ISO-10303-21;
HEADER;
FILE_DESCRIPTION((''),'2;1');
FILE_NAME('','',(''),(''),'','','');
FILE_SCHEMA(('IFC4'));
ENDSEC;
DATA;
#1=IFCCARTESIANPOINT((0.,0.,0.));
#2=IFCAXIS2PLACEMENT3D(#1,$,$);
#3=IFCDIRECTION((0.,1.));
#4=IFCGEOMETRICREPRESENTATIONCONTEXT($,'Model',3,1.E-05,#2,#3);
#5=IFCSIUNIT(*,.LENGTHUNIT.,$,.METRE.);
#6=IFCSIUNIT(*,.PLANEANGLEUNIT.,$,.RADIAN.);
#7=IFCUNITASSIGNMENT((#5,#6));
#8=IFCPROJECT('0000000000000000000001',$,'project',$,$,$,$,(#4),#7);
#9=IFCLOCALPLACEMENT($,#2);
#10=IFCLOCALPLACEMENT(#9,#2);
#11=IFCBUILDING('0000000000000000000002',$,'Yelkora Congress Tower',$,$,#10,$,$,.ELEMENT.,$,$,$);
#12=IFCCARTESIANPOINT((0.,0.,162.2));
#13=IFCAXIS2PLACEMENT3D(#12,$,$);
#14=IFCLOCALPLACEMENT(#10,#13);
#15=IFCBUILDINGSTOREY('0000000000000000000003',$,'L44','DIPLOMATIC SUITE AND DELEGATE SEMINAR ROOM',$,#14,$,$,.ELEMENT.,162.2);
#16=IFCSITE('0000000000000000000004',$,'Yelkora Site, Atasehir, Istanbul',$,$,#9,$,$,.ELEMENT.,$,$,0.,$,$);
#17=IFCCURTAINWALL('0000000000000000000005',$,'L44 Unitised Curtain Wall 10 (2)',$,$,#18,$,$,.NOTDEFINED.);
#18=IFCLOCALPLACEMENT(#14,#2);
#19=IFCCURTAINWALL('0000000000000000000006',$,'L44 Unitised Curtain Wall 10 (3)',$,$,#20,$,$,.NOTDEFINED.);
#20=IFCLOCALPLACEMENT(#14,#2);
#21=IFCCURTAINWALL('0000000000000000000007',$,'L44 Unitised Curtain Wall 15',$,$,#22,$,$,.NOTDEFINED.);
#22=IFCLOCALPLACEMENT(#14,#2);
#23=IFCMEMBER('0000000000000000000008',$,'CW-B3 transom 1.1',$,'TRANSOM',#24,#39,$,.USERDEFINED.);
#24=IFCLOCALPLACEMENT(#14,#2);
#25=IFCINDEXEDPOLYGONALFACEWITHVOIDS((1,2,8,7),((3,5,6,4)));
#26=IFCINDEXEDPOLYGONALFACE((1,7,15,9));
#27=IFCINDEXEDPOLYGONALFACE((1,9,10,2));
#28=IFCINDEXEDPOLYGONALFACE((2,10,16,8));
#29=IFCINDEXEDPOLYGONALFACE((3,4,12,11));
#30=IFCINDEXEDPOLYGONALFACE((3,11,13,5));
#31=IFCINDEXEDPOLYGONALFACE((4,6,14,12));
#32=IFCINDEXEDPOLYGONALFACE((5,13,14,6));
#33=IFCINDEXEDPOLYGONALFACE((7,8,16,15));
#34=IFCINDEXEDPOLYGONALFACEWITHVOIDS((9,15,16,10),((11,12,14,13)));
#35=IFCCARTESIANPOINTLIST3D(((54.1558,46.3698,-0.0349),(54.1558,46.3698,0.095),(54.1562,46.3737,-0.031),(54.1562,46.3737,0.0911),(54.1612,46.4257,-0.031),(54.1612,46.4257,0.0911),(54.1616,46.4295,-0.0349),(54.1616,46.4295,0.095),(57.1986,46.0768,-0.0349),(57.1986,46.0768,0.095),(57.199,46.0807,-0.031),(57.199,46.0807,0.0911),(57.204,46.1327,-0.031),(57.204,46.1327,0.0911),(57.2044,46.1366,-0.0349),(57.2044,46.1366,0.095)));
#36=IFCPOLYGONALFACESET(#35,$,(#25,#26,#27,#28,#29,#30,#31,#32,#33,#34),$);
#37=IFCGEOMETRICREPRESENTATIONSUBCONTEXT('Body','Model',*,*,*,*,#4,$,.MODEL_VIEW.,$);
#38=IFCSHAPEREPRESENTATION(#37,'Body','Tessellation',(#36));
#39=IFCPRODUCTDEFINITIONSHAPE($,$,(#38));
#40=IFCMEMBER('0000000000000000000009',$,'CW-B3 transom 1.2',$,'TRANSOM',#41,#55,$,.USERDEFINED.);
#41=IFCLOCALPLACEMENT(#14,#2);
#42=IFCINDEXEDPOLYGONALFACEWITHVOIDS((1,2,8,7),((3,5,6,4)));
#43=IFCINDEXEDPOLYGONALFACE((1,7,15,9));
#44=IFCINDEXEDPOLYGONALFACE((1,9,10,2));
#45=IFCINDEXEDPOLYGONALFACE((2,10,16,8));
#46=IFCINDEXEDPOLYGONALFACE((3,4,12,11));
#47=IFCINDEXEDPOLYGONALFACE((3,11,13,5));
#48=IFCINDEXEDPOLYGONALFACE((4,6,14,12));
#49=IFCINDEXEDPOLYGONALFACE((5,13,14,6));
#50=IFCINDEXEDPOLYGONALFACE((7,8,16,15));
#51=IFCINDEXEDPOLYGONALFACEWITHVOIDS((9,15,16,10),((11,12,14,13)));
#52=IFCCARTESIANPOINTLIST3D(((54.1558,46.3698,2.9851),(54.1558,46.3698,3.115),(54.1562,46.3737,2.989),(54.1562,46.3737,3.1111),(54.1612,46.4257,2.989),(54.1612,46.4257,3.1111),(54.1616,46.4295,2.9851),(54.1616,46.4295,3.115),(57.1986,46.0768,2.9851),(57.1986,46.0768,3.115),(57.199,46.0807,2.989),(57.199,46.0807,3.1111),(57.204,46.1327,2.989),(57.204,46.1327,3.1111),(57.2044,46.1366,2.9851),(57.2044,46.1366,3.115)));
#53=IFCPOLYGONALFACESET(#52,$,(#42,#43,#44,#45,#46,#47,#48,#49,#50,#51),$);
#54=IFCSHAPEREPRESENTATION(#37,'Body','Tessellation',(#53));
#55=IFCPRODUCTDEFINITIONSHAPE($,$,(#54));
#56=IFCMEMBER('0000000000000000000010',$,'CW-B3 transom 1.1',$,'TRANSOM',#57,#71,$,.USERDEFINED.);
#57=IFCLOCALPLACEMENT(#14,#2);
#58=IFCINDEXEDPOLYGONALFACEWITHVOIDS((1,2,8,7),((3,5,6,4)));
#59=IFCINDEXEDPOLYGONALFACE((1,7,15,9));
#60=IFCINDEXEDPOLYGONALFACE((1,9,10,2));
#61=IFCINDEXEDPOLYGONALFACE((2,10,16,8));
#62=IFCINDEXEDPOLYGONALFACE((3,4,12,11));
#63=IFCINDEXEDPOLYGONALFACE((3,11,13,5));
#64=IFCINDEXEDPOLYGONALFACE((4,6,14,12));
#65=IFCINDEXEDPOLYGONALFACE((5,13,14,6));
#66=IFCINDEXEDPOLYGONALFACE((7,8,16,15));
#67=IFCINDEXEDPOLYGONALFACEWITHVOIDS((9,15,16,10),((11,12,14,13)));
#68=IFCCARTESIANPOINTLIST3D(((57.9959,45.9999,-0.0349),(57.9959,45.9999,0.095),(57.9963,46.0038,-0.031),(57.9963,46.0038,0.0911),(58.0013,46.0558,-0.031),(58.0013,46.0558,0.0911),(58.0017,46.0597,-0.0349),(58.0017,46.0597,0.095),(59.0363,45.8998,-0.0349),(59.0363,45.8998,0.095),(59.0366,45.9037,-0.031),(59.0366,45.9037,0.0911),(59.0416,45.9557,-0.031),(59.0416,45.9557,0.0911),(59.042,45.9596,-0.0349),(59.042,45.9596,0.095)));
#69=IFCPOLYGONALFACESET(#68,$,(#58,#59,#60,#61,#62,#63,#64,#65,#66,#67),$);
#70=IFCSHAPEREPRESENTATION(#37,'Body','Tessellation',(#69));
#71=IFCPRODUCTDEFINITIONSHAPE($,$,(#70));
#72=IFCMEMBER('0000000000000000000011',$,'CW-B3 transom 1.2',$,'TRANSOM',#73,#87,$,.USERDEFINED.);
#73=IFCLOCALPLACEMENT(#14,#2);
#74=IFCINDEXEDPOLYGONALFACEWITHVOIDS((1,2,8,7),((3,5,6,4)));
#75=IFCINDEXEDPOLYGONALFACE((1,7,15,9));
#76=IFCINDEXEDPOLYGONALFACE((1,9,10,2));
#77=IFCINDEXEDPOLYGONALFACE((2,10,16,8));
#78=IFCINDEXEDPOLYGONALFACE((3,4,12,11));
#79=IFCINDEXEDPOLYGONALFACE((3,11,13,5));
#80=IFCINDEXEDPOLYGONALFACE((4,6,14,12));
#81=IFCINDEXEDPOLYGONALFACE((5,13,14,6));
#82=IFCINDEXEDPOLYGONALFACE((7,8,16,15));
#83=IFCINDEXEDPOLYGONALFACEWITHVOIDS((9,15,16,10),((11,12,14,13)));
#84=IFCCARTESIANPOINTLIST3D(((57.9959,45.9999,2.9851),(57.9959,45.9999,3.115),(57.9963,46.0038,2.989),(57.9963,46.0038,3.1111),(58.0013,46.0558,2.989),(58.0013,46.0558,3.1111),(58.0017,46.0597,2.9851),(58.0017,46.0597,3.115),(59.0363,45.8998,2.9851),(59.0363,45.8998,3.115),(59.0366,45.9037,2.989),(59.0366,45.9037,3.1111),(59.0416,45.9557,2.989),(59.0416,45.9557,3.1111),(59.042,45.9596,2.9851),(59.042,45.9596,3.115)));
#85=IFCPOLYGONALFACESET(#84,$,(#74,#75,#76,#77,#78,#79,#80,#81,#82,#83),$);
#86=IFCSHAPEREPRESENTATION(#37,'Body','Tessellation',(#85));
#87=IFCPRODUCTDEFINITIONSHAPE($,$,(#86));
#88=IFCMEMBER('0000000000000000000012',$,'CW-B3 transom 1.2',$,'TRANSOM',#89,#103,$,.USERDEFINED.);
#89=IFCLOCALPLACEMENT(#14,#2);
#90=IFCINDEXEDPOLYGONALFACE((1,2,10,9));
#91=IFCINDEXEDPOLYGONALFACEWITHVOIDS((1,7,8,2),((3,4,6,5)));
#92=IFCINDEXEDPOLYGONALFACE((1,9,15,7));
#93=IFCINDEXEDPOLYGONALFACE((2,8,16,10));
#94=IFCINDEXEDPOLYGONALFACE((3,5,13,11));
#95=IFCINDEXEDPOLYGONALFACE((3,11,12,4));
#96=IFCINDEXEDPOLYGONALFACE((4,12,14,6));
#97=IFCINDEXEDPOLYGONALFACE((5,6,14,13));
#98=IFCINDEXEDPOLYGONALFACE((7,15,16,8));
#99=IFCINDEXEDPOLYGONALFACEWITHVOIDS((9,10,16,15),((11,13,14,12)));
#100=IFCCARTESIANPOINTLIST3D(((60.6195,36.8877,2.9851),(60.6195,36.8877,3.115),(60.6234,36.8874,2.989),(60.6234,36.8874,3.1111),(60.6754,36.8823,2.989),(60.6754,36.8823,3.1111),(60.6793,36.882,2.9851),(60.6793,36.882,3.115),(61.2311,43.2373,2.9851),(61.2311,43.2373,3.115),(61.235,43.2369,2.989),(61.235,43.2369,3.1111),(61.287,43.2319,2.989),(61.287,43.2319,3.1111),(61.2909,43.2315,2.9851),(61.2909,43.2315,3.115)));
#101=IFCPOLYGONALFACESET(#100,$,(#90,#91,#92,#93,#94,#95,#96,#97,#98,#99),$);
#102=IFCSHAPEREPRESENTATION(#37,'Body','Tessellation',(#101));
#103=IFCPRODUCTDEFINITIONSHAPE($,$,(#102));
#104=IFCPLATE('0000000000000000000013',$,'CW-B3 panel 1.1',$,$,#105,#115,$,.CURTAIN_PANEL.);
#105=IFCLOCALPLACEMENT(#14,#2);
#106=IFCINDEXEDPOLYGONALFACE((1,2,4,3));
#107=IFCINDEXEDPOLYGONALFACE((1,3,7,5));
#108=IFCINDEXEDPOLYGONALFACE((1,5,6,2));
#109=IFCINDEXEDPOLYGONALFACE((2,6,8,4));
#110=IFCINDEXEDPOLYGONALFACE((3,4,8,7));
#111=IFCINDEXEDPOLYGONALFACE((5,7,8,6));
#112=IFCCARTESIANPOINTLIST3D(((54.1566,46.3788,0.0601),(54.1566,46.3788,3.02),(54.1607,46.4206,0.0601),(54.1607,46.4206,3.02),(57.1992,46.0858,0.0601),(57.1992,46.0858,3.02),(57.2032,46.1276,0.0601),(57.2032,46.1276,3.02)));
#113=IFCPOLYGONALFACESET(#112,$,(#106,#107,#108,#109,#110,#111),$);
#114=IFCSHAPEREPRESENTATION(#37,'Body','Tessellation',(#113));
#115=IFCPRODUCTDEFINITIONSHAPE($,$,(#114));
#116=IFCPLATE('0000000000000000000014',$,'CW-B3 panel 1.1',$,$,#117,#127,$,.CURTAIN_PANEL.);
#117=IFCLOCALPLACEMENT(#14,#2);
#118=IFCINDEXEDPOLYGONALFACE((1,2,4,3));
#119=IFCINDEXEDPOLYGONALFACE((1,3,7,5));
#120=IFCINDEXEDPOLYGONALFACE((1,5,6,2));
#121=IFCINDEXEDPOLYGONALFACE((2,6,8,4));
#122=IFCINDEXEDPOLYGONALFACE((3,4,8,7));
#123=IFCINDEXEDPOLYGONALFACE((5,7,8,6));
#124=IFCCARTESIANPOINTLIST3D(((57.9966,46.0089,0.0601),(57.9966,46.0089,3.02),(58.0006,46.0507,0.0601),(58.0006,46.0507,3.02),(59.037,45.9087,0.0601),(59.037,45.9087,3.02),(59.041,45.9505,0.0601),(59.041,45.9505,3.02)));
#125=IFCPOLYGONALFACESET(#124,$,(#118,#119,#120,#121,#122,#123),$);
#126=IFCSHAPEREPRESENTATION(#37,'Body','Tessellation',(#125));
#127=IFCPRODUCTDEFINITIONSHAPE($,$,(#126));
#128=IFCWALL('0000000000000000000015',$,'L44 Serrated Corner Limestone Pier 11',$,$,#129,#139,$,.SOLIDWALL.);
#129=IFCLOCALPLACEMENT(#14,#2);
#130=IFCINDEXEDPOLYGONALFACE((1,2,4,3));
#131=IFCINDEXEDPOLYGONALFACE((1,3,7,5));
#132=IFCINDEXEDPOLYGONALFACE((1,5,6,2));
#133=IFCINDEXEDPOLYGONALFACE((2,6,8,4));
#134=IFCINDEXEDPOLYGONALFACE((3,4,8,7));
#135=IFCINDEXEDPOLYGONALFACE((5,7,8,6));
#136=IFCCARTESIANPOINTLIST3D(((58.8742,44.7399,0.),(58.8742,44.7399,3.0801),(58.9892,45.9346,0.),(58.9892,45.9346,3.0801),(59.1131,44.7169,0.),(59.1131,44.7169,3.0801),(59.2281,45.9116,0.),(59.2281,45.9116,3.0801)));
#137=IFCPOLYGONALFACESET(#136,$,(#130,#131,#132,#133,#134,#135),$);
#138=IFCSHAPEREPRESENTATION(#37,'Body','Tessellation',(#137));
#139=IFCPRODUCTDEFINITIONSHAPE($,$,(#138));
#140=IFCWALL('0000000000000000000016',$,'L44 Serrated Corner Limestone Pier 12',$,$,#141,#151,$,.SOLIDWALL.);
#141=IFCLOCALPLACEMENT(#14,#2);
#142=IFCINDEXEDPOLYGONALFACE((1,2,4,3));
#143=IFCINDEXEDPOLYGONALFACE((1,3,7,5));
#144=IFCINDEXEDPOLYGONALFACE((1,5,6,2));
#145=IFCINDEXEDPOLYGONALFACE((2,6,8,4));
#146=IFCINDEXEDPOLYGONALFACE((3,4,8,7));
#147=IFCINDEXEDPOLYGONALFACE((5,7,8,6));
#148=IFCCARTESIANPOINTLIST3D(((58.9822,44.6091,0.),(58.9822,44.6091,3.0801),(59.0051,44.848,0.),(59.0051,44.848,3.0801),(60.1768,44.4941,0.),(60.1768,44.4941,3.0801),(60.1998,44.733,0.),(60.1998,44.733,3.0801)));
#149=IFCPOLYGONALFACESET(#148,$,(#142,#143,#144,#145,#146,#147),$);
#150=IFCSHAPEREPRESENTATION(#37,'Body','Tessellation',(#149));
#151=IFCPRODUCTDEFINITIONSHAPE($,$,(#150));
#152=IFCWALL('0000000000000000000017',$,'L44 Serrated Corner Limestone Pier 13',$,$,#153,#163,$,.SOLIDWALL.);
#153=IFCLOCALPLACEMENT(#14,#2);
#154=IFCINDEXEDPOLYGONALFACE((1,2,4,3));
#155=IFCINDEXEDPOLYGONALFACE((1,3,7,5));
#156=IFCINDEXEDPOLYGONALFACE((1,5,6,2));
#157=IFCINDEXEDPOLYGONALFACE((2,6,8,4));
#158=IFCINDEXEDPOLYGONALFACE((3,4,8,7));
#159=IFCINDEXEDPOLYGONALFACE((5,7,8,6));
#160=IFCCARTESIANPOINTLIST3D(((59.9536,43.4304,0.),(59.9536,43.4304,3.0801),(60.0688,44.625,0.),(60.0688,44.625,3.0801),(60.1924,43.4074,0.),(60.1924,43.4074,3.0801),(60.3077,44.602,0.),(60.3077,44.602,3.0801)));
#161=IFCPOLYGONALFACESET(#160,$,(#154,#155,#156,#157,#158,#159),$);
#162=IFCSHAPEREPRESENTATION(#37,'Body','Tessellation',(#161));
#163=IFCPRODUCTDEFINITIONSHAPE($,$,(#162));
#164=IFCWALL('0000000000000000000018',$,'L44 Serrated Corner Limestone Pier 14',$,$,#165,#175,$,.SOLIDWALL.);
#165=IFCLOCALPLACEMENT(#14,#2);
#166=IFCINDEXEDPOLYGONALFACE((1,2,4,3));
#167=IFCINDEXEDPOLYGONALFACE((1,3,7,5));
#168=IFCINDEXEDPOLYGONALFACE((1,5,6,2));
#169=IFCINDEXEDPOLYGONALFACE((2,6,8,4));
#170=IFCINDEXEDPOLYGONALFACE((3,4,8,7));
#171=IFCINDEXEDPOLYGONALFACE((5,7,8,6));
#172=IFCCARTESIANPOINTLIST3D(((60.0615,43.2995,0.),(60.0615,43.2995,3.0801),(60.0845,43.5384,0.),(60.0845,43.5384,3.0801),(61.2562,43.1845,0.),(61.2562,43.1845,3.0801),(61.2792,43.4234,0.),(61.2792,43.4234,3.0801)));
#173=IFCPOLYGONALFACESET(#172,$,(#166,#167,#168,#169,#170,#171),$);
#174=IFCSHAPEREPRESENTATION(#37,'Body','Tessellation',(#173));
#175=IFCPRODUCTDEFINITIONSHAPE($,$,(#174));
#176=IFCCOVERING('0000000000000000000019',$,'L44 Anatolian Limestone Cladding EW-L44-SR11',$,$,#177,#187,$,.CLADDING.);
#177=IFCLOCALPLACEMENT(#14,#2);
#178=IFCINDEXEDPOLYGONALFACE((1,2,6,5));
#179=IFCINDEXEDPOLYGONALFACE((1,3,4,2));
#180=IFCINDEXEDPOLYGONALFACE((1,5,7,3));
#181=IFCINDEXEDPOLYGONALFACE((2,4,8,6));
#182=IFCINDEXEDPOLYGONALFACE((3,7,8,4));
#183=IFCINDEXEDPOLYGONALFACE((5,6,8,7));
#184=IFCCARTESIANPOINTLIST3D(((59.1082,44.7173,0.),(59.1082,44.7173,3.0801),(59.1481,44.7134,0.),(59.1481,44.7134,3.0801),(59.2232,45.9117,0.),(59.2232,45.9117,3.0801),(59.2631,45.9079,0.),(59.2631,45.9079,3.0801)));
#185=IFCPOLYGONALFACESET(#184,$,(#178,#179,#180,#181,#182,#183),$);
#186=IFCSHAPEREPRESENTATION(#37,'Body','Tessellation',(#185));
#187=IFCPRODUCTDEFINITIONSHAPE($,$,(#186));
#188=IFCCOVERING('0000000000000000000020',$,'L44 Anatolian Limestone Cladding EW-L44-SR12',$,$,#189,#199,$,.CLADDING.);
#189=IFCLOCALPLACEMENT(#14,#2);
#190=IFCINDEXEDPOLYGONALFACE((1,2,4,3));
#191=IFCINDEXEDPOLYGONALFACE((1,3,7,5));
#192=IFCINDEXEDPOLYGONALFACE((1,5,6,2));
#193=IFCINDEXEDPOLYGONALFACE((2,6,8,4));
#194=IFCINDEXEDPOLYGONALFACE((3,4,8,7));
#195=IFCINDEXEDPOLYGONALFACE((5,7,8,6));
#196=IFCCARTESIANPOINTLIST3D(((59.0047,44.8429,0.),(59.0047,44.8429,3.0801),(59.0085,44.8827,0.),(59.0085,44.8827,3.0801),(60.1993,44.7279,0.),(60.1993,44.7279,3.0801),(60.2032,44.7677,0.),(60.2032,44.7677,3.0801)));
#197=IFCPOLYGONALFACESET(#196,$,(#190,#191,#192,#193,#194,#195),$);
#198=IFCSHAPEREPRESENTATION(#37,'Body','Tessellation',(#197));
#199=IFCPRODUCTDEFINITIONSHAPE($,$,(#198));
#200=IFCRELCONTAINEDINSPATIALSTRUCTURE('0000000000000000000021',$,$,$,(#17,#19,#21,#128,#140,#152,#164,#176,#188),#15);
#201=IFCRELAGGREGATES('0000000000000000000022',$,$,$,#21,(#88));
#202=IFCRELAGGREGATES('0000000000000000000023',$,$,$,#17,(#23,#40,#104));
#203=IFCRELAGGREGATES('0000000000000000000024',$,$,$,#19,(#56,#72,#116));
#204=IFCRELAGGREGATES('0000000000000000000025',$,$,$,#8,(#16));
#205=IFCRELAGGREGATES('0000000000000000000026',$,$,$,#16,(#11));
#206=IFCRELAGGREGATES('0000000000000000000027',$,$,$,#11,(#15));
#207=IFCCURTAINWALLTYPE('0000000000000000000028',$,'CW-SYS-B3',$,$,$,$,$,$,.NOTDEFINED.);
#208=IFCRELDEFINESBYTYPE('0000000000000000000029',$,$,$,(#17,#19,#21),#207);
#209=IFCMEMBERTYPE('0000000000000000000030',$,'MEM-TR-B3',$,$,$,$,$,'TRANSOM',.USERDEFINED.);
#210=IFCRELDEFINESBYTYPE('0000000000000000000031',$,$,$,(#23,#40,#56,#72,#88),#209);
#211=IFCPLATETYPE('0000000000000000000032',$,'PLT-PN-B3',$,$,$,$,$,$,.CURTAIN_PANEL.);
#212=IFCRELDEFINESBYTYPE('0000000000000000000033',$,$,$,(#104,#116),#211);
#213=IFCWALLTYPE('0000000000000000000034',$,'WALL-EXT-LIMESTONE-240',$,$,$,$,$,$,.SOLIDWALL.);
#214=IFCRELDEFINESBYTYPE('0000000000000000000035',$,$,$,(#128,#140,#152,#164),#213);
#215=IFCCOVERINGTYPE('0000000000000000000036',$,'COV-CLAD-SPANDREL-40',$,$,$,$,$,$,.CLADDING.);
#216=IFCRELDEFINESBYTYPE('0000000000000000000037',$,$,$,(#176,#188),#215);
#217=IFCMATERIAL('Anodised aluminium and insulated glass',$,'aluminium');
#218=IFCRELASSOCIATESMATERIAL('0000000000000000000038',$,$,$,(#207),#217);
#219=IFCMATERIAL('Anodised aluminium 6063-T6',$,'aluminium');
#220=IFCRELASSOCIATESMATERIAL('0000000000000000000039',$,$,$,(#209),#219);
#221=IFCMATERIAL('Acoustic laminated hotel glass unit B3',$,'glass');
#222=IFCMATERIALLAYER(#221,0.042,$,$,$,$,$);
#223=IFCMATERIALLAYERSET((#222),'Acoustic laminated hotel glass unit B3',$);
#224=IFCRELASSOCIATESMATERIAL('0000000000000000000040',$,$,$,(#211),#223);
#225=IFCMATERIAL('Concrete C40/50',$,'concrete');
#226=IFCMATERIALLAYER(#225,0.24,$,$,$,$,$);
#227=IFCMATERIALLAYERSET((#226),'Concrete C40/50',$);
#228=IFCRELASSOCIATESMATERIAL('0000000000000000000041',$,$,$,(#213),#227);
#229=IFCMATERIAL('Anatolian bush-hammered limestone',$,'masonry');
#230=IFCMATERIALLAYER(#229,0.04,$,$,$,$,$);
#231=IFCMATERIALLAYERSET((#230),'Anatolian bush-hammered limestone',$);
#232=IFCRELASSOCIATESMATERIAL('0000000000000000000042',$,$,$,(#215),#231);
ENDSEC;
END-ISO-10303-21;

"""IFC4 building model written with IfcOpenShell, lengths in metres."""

from ifc_helpers import new_model, si_unit, direction, frame, frame_2d, origin, origin_2d, place, context, subcontext, project, spatial, rectangle, hollow_rectangle, extrude, material, layer, layer_set, material_profile, profile_set, type_object, element, aggregate, save


model = new_model("IFC4")

# Units and contexts
model_context = context("Model", 3, precision=1e-05, world=origin(), true_north=direction((0.0, 1.0)))
body_context = subcontext(model_context, "Body", "Model", "MODEL_VIEW")
ifc_project = project(units=[si_unit("LENGTHUNIT", "METRE"), si_unit("PLANEANGLEUNIT", "RADIAN")], contexts=[model_context])

# Site, building, storey
site_placement = place(None, origin())
site = spatial("IfcSite", under=ifc_project, at=site_placement, Name="Yelkora Site, Atasehir, Istanbul", CompositionType="ELEMENT", RefElevation=0.0)
building_placement = place(site_placement, origin())
building = spatial("IfcBuilding", under=site, at=building_placement, Name="Yelkora Congress Tower", CompositionType="ELEMENT")
storey_placement = place(building_placement, frame((0.0, 0.0, 162.2)))
storey = spatial("IfcBuildingStorey", under=building, at=storey_placement, Name="L44", Description="DIPLOMATIC SUITE AND DELEGATE SEMINAR ROOM", CompositionType="ELEMENT", Elevation=162.2)

# Shared definitions
ifc_material_1 = material(Name="Anodised aluminium and insulated glass", Category="aluminium")
curtain_wall_type = type_object("IfcCurtainWallType", Name="CW-SYS-B3", PredefinedType="NOTDEFINED", material=ifc_material_1)
ifc_material_2 = material(Name="Anodised aluminium 6063-T6", Category="aluminium")

# Curtain walls
curtain_wall_1_placement = place(storey_placement, origin())
curtain_wall_1 = element("IfcCurtainWall", 1, at=curtain_wall_1_placement, inside=storey, type_object=curtain_wall_type, Name="L44 Unitised Curtain Wall 10 (2)", PredefinedType="NOTDEFINED")
curtain_wall_2_placement = place(storey_placement, origin())
curtain_wall_2 = element("IfcCurtainWall", 2, at=curtain_wall_2_placement, inside=storey, type_object=curtain_wall_type, Name="L44 Unitised Curtain Wall 10 (3)", PredefinedType="NOTDEFINED")

# Curtain wall
curtain_wall_3_placement = place(storey_placement, origin())
curtain_wall_3 = element("IfcCurtainWall", 3, at=curtain_wall_3_placement, inside=storey, type_object=curtain_wall_type, Name="L44 Unitised Curtain Wall 15", PredefinedType="NOTDEFINED")

# Members
ifc_material_profile_1 = material_profile(ifc_material_2, hollow_rectangle(XDim=0.0601, YDim=0.1299, WallThickness=0.0039, at=origin_2d()), Name="ALU 60x130x4")
ifc_profile_set_1 = profile_set([ifc_material_profile_1], Name="Anodised aluminium 6063-T6")
member_type_1 = type_object("IfcMemberType", Name="MEM-TR-B3", ElementType="TRANSOM", PredefinedType="USERDEFINED", material=ifc_profile_set_1)
member_1_placement = place(storey_placement, frame((54.1587, 46.3997, 0.03), z_axis=(0.995397, -0.095842, 0.0), x_axis=(0.095842, 0.995397, 0.0)))
member_1 = element("IfcMember", 4, at=member_1_placement, type_object=member_type_1, Name="CW-B3 transom 1.1", ObjectType="TRANSOM", PredefinedType="USERDEFINED", context=body_context, shape_type="SweptSolid", body=[
    extrude(hollow_rectangle(XDim=0.0601, YDim=0.1299, WallThickness=0.0039, at=origin_2d()), origin(), (0.0, 0.0, 1.0), 3.0569),
])
member_2_placement = place(storey_placement, frame((54.1587, 46.3997, 3.05), z_axis=(0.995397, -0.095842, 0.0), x_axis=(0.095842, 0.995397, 0.0)))
member_2 = element("IfcMember", 5, at=member_2_placement, type_object=member_type_1, Name="CW-B3 transom 1.2", ObjectType="TRANSOM", PredefinedType="USERDEFINED", context=body_context, shape_type="SweptSolid", body=[
    extrude(hollow_rectangle(XDim=0.0601, YDim=0.1299, WallThickness=0.0039, at=origin_2d()), origin(), (0.0, 0.0, 1.0), 3.0569),
])
member_3_placement = place(storey_placement, frame((57.9988, 46.0298, 0.03), z_axis=(0.995403, -0.095779, 0.0), x_axis=(0.095779, 0.995403, 0.0)))
member_3 = element("IfcMember", 6, at=member_3_placement, type_object=member_type_1, Name="CW-B3 transom 1.1", ObjectType="TRANSOM", PredefinedType="USERDEFINED", context=body_context, shape_type="SweptSolid", body=[
    extrude(hollow_rectangle(XDim=0.0601, YDim=0.1299, WallThickness=0.0039, at=origin_2d()), origin(), (0.0, 0.0, 1.0), 1.0452),
])
member_4_placement = place(storey_placement, frame((57.9988, 46.0298, 3.05), z_axis=(0.995403, -0.095779, 0.0), x_axis=(0.095779, 0.995403, 0.0)))
member_4 = element("IfcMember", 7, at=member_4_placement, type_object=member_type_1, Name="CW-B3 transom 1.2", ObjectType="TRANSOM", PredefinedType="USERDEFINED", context=body_context, shape_type="SweptSolid", body=[
    extrude(hollow_rectangle(XDim=0.0601, YDim=0.1299, WallThickness=0.0039, at=origin_2d()), origin(), (0.0, 0.0, 1.0), 1.0452),
])
member_5_placement = place(storey_placement, frame((61.261, 43.2344, 3.05), z_axis=(-0.095873, -0.995394, 0.0), x_axis=(0.995394, -0.095873, 0.0)))
member_5 = element("IfcMember", 8, at=member_5_placement, type_object=member_type_1, Name="CW-B3 transom 1.2", ObjectType="TRANSOM", PredefinedType="USERDEFINED", context=body_context, shape_type="SweptSolid", body=[
    extrude(hollow_rectangle(XDim=0.0601, YDim=0.1299, WallThickness=0.0039, at=origin_2d()), origin(), (0.0, 0.0, 1.0), 6.3789),
])
aggregate(curtain_wall_3, [member_5])

# Plates
ifc_material_3 = material(Name="Acoustic laminated hotel glass unit B3", Category="glass")
ifc_layer_1 = layer(ifc_material_3, 0.042)
ifc_layer_set_1 = layer_set([ifc_layer_1], Name="Acoustic laminated hotel glass unit B3")
plate_type = type_object("IfcPlateType", Name="PLT-PN-B3", PredefinedType="CURTAIN_PANEL", material=ifc_layer_set_1)
plate_1_placement = place(storey_placement, frame((55.6799, 46.2532, 0.0601), z_axis=(0.0, 0.0, 1.0), x_axis=(0.995396, -0.095848, 0.0)))
plate_1 = element("IfcPlate", 9, at=plate_1_placement, type_object=plate_type, Name="CW-B3 panel 1.1", PredefinedType="CURTAIN_PANEL", context=body_context, shape_type="SweptSolid", body=[
    extrude(rectangle(XDim=3.0566, YDim=0.042, at=origin_2d()), origin(), (0.0, 0.0, 1.0), 2.96),
])
aggregate(curtain_wall_1, [member_1, member_2, plate_1])
plate_2_placement = place(storey_placement, frame((58.5188, 45.9797, 0.0601), z_axis=(0.0, 0.0, 1.0), x_axis=(0.995396, -0.095852, 0.0)))
plate_2 = element("IfcPlate", 10, at=plate_2_placement, type_object=plate_type, Name="CW-B3 panel 1.1", PredefinedType="CURTAIN_PANEL", context=body_context, shape_type="SweptSolid", body=[
    extrude(rectangle(XDim=1.0452, YDim=0.042, at=origin_2d()), origin(), (0.0, 0.0, 1.0), 2.96),
])
aggregate(curtain_wall_2, [member_3, member_4, plate_2])

# Walls
ifc_material_4 = material(Name="Concrete C40/50", Category="concrete")
ifc_layer_2 = layer(ifc_material_4, 0.24)
ifc_layer_set_2 = layer_set([ifc_layer_2], Name="Concrete C40/50")
wall_type = type_object("IfcWallType", Name="WALL-EXT-LIMESTONE-240", PredefinedType="SOLIDWALL", material=ifc_layer_set_2)
for number, where, z_axis, x_axis, name in (
    (11, (59.1086, 45.9231, 0.0), (0.0, 0.0, 1.0), (-0.095817, -0.995399, 0.0), "L44 Serrated Corner Limestone Pier 11"),
    (12, (58.9937, 44.7285, 0.0), (0.0, 0.0, 1.0), (0.995399, -0.095817, 0.0), "L44 Serrated Corner Limestone Pier 12"),
    (13, (60.1882, 44.6135, 0.0), (0.0, 0.0, 1.0), (-0.096019, -0.99538, 0.0), "L44 Serrated Corner Limestone Pier 13"),
    (14, (60.073, 43.4189, 0.0), (0.0, 0.0, 1.0), (0.995399, -0.095817, 0.0), "L44 Serrated Corner Limestone Pier 14"),
):
    element("IfcWall", number, at=place(storey_placement, frame(where, z_axis=z_axis, x_axis=x_axis)), inside=storey, type_object=wall_type, Name=name, PredefinedType="SOLIDWALL", context=body_context, shape_type="SweptSolid", body=[
        extrude(rectangle(XDim=1.2002, YDim=0.24, at=frame_2d((0.6001, 0.0))), origin(), (0.0, 0.0, 1.0), 3.0801),
    ])

# Coverings
ifc_material_5 = material(Name="Anatolian bush-hammered limestone", Category="masonry")
ifc_layer_3 = layer(ifc_material_5, 0.04)
ifc_layer_set_3 = layer_set([ifc_layer_3], Name="Anatolian bush-hammered limestone")
covering_type = type_object("IfcCoveringType", Name="COV-CLAD-SPANDREL-40", PredefinedType="CLADDING", material=ifc_layer_set_3)
covering_1_placement = place(storey_placement, frame((59.2432, 45.9099, 0.0), z_axis=(0.0, 0.0, 1.0), x_axis=(-0.095836, -0.995397, 0.0)))
element("IfcCovering", 15, at=covering_1_placement, inside=storey, type_object=covering_type, Name="L44 Anatolian Limestone Cladding EW-L44-SR11", PredefinedType="CLADDING", context=body_context, shape_type="SweptSolid", body=[
    extrude(rectangle(XDim=1.2, YDim=0.04, at=frame_2d((0.6001, 0.0))), origin(), (0.0, 0.0, 1.0), 3.0801),
])
for number, where, z_axis, x_axis, name in (
    (16, (59.0066, 44.8628, 0.0), (0.0, 0.0, 1.0), (0.995399, -0.095817, 0.0), "L44 Anatolian Limestone Cladding EW-L44-SR12"),
):
    element("IfcCovering", number, at=place(storey_placement, frame(where, z_axis=z_axis, x_axis=x_axis)), inside=storey, type_object=covering_type, Name=name, PredefinedType="CLADDING", context=body_context, shape_type="SweptSolid", body=[
        extrude(rectangle(XDim=1.2002, YDim=0.04, at=frame_2d((0.6001, 0.0))), origin(), (0.0, 0.0, 1.0), 3.0801),
    ])

save(model, "model.ifc")
